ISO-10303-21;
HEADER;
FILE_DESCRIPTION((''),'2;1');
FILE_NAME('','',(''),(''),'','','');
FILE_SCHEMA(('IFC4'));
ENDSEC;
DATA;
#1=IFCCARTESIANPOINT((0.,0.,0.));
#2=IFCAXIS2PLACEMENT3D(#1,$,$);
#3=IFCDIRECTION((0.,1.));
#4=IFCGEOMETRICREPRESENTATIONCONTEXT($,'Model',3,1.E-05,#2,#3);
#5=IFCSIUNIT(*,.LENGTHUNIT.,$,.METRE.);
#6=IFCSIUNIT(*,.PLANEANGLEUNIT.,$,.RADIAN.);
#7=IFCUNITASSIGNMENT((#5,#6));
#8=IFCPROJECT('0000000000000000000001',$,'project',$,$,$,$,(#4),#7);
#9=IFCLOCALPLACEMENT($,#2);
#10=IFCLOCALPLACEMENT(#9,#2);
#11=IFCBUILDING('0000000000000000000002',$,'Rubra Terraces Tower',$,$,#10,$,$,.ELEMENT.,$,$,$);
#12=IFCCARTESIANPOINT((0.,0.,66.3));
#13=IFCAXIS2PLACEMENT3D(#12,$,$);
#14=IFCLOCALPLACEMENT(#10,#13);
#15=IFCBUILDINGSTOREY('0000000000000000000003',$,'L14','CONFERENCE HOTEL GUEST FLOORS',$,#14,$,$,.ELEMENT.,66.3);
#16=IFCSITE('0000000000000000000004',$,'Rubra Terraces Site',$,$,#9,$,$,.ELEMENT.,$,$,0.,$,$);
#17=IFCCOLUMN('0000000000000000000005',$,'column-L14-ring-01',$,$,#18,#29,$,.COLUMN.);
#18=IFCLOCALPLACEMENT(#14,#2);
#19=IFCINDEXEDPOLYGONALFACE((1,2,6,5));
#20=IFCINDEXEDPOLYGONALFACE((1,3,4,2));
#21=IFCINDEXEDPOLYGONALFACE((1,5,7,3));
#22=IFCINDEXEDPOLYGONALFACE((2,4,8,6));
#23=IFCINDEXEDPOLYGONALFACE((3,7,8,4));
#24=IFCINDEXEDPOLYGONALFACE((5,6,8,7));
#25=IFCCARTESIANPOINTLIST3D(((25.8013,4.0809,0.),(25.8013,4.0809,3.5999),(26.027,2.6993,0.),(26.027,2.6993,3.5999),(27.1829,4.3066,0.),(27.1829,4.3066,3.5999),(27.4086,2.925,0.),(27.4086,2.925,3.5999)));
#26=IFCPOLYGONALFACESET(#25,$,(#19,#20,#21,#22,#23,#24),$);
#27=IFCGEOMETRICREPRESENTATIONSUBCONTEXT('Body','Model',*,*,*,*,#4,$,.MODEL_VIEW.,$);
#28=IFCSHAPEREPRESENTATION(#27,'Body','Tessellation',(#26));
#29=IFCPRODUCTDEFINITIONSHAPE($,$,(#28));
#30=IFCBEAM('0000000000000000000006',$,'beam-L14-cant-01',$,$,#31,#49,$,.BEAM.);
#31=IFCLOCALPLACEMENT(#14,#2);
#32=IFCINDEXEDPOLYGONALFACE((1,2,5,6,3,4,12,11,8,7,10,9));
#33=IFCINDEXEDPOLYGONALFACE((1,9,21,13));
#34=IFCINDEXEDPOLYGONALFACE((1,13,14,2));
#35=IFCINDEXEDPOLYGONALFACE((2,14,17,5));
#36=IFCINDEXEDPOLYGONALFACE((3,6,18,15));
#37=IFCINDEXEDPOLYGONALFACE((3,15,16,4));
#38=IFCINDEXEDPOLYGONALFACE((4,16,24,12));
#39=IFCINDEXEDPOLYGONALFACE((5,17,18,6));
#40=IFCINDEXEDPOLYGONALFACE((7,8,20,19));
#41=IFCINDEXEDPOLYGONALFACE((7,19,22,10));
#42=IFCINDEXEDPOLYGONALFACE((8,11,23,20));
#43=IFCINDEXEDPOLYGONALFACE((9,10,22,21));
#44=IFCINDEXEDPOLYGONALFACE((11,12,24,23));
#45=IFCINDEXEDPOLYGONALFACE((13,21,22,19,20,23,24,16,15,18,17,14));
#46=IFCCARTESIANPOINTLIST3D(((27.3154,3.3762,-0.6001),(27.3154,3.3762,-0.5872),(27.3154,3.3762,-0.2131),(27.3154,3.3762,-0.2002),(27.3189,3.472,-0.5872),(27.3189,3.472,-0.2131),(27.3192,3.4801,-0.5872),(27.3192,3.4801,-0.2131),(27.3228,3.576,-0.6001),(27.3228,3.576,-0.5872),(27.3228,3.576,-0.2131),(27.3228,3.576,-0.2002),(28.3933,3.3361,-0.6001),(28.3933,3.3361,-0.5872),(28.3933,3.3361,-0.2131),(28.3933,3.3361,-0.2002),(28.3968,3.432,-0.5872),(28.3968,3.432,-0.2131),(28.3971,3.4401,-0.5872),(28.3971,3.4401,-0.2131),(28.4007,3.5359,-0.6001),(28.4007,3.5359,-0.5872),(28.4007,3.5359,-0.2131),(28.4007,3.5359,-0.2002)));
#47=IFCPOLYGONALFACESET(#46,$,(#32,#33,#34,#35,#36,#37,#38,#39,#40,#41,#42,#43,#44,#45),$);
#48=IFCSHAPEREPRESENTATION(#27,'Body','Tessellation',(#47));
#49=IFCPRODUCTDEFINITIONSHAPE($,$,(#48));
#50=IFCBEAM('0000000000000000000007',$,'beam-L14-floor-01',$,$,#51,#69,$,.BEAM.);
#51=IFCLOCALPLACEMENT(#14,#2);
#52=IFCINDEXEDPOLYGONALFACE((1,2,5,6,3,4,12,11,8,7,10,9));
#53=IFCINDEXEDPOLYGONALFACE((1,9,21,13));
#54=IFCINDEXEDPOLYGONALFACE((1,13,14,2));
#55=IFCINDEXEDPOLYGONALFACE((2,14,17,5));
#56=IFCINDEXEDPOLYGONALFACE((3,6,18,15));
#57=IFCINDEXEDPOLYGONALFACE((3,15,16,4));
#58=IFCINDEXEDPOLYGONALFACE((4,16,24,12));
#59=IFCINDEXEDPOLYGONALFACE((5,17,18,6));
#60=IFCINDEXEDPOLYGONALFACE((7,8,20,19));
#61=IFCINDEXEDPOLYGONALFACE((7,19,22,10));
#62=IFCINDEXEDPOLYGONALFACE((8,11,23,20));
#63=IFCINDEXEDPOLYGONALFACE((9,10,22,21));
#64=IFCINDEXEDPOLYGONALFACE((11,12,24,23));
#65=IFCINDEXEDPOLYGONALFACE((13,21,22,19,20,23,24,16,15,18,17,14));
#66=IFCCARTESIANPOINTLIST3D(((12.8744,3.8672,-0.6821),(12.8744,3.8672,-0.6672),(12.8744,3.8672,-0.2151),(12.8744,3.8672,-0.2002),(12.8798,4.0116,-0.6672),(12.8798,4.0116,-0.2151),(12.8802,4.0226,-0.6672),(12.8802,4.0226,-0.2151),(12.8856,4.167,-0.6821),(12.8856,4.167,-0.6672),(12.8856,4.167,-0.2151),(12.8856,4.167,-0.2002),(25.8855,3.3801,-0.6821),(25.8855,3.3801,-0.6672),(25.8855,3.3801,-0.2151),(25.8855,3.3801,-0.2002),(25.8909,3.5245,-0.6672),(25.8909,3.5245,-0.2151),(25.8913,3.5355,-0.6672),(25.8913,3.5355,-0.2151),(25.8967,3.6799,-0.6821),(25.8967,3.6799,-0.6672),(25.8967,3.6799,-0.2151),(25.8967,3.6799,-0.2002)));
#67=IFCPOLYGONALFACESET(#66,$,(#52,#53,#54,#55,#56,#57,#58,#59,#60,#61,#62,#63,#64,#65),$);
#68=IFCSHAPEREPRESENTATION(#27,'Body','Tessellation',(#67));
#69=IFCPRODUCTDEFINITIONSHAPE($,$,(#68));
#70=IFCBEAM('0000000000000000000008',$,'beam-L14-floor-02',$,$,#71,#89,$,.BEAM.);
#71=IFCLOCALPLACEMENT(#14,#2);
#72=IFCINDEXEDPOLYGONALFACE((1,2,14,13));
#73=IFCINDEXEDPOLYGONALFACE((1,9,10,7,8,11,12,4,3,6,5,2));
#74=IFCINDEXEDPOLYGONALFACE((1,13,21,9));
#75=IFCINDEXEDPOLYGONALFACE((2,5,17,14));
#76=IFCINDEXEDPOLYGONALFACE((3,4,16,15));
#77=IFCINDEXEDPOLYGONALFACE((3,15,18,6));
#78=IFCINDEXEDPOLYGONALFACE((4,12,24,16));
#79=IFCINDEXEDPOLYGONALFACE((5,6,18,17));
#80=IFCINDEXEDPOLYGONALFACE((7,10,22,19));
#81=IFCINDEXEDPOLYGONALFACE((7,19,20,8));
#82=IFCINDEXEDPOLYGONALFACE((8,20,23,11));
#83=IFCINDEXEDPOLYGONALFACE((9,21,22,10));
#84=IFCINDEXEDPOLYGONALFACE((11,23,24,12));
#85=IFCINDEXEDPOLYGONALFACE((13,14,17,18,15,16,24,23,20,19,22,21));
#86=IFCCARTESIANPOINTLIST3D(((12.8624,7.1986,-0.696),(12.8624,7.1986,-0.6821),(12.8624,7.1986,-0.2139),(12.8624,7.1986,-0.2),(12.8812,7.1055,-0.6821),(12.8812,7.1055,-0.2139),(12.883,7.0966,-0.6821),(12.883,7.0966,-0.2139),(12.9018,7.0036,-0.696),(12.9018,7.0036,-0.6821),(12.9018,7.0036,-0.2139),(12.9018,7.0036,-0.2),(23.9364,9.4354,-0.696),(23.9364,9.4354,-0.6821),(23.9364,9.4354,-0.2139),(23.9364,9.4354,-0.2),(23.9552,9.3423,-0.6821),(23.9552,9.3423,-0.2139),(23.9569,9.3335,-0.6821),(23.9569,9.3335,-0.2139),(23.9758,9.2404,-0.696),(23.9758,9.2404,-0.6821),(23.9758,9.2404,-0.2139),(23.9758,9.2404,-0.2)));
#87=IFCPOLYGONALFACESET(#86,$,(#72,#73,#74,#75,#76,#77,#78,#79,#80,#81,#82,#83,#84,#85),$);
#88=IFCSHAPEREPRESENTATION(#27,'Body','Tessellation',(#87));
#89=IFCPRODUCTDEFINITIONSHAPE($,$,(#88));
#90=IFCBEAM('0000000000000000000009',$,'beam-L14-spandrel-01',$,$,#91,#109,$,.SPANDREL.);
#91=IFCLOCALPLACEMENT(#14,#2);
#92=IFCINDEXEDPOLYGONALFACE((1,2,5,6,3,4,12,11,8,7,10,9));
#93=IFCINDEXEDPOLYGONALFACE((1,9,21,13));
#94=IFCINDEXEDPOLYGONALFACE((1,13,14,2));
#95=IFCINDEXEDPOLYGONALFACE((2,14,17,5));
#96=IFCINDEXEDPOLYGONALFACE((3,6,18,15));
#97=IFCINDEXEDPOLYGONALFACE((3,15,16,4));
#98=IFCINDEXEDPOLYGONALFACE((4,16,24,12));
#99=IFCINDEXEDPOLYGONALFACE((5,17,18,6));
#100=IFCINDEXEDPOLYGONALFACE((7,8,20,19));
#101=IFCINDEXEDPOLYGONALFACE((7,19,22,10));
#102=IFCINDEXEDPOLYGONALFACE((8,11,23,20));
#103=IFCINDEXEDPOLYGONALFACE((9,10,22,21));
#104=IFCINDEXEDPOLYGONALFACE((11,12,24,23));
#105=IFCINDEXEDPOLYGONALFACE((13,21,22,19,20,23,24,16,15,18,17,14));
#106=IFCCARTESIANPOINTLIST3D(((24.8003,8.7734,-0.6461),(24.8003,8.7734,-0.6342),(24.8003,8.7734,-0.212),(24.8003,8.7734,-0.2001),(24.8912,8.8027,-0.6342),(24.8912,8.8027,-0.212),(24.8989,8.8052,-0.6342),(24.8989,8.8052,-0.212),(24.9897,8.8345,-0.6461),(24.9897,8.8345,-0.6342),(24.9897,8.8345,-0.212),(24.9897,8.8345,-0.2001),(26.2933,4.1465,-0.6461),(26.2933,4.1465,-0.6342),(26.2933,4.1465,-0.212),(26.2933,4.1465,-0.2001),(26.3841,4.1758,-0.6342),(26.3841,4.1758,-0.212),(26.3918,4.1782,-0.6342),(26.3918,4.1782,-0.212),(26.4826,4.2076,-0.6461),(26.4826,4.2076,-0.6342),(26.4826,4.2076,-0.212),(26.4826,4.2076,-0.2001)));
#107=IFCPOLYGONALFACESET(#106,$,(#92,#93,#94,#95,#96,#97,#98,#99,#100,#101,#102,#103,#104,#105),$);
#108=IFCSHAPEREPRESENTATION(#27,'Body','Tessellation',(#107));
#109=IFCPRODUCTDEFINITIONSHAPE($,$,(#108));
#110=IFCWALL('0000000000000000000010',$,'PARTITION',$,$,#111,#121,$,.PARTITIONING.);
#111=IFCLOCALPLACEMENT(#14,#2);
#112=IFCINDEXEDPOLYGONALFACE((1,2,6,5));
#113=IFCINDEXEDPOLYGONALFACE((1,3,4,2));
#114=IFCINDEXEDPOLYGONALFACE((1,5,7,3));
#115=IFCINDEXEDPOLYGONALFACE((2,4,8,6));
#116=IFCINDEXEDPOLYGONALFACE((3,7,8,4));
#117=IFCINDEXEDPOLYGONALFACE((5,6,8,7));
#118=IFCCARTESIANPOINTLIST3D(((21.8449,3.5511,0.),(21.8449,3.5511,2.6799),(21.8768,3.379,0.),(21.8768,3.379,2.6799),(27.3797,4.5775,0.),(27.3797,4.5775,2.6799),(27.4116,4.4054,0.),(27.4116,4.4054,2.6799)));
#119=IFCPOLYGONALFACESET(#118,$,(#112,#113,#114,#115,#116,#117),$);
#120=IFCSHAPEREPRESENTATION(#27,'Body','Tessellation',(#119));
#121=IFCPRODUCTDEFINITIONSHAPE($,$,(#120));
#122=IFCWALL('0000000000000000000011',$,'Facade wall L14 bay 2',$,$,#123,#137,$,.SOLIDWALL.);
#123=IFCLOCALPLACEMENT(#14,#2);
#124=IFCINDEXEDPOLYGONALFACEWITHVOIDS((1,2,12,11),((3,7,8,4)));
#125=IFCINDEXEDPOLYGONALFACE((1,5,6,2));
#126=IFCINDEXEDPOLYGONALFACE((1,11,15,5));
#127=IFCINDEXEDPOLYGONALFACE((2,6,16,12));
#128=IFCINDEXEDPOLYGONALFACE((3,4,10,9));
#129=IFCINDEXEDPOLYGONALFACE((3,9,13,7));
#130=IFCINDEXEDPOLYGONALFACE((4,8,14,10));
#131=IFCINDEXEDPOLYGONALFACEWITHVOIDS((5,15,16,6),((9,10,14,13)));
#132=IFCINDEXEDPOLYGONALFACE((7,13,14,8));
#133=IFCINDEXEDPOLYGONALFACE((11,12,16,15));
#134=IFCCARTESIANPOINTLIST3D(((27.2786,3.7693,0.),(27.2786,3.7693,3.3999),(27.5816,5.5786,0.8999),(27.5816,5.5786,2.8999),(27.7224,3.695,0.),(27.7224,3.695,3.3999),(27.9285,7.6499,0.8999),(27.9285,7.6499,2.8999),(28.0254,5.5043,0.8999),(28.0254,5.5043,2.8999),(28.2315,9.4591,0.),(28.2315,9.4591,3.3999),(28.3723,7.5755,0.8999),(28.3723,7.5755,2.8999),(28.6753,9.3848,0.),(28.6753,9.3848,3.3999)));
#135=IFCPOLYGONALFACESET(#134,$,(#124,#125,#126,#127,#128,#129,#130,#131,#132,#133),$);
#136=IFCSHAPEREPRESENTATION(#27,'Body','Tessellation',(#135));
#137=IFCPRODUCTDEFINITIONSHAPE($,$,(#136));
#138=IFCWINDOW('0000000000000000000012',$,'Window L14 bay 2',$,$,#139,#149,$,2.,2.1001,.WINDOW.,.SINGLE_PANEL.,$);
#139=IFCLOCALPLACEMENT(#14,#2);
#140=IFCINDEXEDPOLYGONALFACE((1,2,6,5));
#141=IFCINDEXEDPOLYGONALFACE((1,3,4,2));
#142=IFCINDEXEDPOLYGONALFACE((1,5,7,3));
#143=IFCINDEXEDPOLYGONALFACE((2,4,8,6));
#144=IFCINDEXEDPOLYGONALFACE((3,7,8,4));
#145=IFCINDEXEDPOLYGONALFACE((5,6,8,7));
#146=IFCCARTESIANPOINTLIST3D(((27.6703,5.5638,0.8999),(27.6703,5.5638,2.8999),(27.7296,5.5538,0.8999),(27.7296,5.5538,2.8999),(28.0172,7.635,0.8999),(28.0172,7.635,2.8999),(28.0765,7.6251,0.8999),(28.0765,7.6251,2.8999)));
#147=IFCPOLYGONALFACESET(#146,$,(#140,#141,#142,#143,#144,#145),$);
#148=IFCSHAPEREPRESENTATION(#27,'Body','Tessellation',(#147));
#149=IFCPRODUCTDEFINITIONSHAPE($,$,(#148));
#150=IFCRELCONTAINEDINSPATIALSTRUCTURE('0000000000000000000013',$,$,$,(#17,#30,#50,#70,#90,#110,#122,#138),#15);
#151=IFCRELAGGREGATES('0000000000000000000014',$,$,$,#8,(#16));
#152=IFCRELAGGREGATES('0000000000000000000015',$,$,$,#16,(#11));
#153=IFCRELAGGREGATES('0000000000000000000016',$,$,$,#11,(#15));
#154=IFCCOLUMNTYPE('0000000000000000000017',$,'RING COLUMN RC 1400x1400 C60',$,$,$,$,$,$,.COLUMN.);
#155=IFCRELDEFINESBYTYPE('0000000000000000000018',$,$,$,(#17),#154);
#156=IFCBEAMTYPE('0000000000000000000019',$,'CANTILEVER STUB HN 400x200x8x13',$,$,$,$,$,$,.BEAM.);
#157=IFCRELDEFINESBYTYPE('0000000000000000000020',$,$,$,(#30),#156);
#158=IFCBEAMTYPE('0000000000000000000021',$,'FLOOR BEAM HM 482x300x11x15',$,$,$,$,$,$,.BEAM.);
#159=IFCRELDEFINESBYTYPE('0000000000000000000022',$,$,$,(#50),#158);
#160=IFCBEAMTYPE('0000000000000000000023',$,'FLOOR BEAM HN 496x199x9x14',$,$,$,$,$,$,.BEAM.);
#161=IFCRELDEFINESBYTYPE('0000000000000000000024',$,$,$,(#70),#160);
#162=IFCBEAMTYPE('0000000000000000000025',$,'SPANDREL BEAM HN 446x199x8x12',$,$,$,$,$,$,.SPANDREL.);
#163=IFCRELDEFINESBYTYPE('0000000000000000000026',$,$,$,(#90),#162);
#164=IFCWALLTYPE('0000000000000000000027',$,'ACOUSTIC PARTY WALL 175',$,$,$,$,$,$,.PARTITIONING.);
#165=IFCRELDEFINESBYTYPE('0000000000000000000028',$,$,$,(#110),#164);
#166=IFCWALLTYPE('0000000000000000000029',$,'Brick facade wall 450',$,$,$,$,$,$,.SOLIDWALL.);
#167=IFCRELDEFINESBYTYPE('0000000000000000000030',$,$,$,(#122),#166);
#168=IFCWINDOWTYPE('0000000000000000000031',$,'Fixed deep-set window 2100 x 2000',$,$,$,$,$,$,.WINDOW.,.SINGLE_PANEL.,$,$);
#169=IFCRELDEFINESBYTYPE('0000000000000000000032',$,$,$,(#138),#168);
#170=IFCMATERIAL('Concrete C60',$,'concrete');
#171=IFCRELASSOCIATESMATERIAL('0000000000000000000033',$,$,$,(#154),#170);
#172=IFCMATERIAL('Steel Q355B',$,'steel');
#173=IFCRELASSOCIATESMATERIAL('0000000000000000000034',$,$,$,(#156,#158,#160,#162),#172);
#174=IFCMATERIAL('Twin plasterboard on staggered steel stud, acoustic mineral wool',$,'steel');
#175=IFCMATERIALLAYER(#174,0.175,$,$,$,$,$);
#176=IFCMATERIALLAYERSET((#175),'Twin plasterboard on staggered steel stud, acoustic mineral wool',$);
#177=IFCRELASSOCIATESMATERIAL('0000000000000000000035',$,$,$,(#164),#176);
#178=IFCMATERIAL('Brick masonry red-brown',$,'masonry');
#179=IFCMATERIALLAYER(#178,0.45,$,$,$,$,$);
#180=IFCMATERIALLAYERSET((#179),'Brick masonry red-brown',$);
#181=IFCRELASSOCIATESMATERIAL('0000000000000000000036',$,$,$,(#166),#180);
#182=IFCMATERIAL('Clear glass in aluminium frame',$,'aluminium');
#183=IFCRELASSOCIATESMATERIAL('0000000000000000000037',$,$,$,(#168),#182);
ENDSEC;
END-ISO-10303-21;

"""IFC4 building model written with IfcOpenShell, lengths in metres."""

from ifc_helpers import new_model, si_unit, direction, frame, frame_2d, origin, origin_2d, place, context, subcontext, project, spatial, rectangle, i_section, extrude, material, layer, layer_set, material_profile, profile_set, type_object, element, fill, save


model = new_model("IFC4")

# Units and contexts
model_context = context("Model", 3, precision=1e-05, world=origin(), true_north=direction((0.0, 1.0)))
body_context = subcontext(model_context, "Body", "Model", "MODEL_VIEW")
ifc_project = project(units=[si_unit("LENGTHUNIT", "METRE"), si_unit("PLANEANGLEUNIT", "RADIAN")], contexts=[model_context])

# Site, building, storey
site_placement = place(None, origin())
site = spatial("IfcSite", under=ifc_project, at=site_placement, Name="Rubra Terraces Site", CompositionType="ELEMENT", RefElevation=0.0)
building_placement = place(site_placement, origin())
building = spatial("IfcBuilding", under=site, at=building_placement, Name="Rubra Terraces Tower", CompositionType="ELEMENT")
storey_placement = place(building_placement, frame((0.0, 0.0, 66.3)))
storey = spatial("IfcBuildingStorey", under=building, at=storey_placement, Name="L14", Description="CONFERENCE HOTEL GUEST FLOORS", CompositionType="ELEMENT", Elevation=66.3)

# Column
ifc_material_1 = material(Name="Concrete C60", Category="concrete")
ifc_material_profile_1 = material_profile(ifc_material_1, rectangle(XDim=1.3999, YDim=1.3999, at=origin_2d()), Name="RC 1400x1400")
ifc_profile_set_1 = profile_set([ifc_material_profile_1], Name="Concrete C60")
column_type = type_object("IfcColumnType", Name="RING COLUMN RC 1400x1400 C60", PredefinedType="COLUMN", material=ifc_profile_set_1)
column_placement = place(storey_placement, frame((26.605, 3.5029, 0.0), z_axis=(0.0, 0.0, 1.0), x_axis=(-0.161234, 0.986916, 0.0)))
element("IfcColumn", 1, at=column_placement, inside=storey, type_object=column_type, Name="column-L14-ring-01", PredefinedType="COLUMN", context=body_context, shape_type="SweptSolid", body=[
    extrude(rectangle(XDim=1.3999, YDim=1.3999, at=origin_2d()), origin(), (0.0, 0.0, 1.0), 3.5999),
])

# Beams
ifc_material_2 = material(Name="Steel Q355B", Category="steel")
ifc_material_profile_2 = material_profile(ifc_material_2, i_section(OverallWidth=0.2, OverallDepth=0.3999, WebThickness=0.0081, FlangeThickness=0.0129, at=origin_2d()), Name="HN 400x200x8x13")
ifc_profile_set_2 = profile_set([ifc_material_profile_2], Name="Steel Q355B")
beam_type_1 = type_object("IfcBeamType", Name="CANTILEVER STUB HN 400x200x8x13", PredefinedType="BEAM", material=ifc_profile_set_2)
beam_1_placement = place(storey_placement, frame((27.3191, 3.4761, -0.4001), z_axis=(0.999311, -0.03712, 0.0), x_axis=(0.03712, 0.999311, 0.0)))
element("IfcBeam", 2, at=beam_1_placement, inside=storey, type_object=beam_type_1, Name="beam-L14-cant-01", PredefinedType="BEAM", context=body_context, shape_type="SweptSolid", body=[
    extrude(i_section(OverallWidth=0.2, OverallDepth=0.3999, WebThickness=0.0081, FlangeThickness=0.0129, at=origin_2d()), origin(), (0.0, 0.0, 1.0), 1.0786),
])
ifc_material_profile_3 = material_profile(ifc_material_2, i_section(OverallWidth=0.3, OverallDepth=0.4819, WebThickness=0.011, FlangeThickness=0.0149, at=origin_2d()), Name="HM 482x300x11x15")
ifc_profile_set_3 = profile_set([ifc_material_profile_3], Name="Steel Q355B")
beam_type_2 = type_object("IfcBeamType", Name="FLOOR BEAM HM 482x300x11x15", PredefinedType="BEAM", material=ifc_profile_set_3)
beam_2_placement = place(storey_placement, frame((25.8911, 3.53, -0.4412), z_axis=(-0.9993, 0.037408, 0.0), x_axis=(-0.037408, -0.9993, 0.0)))
element("IfcBeam", 3, at=beam_2_placement, inside=storey, type_object=beam_type_2, Name="beam-L14-floor-01", PredefinedType="BEAM", context=body_context, shape_type="SweptSolid", body=[
    extrude(i_section(OverallWidth=0.3, OverallDepth=0.4819, WebThickness=0.011, FlangeThickness=0.0149, at=origin_2d()), origin(), (0.0, 0.0, 1.0), 13.0203),
])
ifc_material_profile_4 = material_profile(ifc_material_2, i_section(OverallWidth=0.199, OverallDepth=0.4961, WebThickness=0.009, FlangeThickness=0.0139, at=origin_2d()), Name="HN 496x199x9x14")
ifc_profile_set_4 = profile_set([ifc_material_profile_4], Name="Steel Q355B")
beam_type_3 = type_object("IfcBeamType", Name="FLOOR BEAM HN 496x199x9x14", PredefinedType="BEAM", material=ifc_profile_set_4)
beam_3_placement = place(storey_placement, frame((23.9561, 9.3379, -0.448), z_axis=(-0.980204, -0.19799, 0.0), x_axis=(0.19799, -0.980204, 0.0)))
element("IfcBeam", 4, at=beam_3_placement, inside=storey, type_object=beam_type_3, Name="beam-L14-floor-02", PredefinedType="BEAM", context=body_context, shape_type="SweptSolid", body=[
    extrude(i_section(OverallWidth=0.199, OverallDepth=0.4961, WebThickness=0.009, FlangeThickness=0.0139, at=origin_2d()), origin(), (0.0, 0.0, 1.0), 11.2976),
])
ifc_material_profile_5 = material_profile(ifc_material_2, i_section(OverallWidth=0.199, OverallDepth=0.446, WebThickness=0.0081, FlangeThickness=0.012, at=origin_2d()), Name="HN 446x199x8x12")
ifc_profile_set_5 = profile_set([ifc_material_profile_5], Name="Steel Q355B")
beam_type_4 = type_object("IfcBeamType", Name="SPANDREL BEAM HN 446x199x8x12", PredefinedType="SPANDREL", material=ifc_profile_set_5)
beam_4_placement = place(storey_placement, frame((26.3879, 4.177, -0.4231), z_axis=(-0.307069, 0.951687, 0.0), x_axis=(-0.951687, -0.307069, 0.0)))
element("IfcBeam", 5, at=beam_4_placement, inside=storey, type_object=beam_type_4, Name="beam-L14-spandrel-01", PredefinedType="SPANDREL", context=body_context, shape_type="SweptSolid", body=[
    extrude(i_section(OverallWidth=0.199, OverallDepth=0.446, WebThickness=0.0081, FlangeThickness=0.012, at=origin_2d()), origin(), (0.0, 0.0, 1.0), 4.8618),
])

# Wall
ifc_material_3 = material(Name="Twin plasterboard on staggered steel stud, acoustic mineral wool", Category="steel")
ifc_layer_1 = layer(ifc_material_3, 0.175)
ifc_layer_set_1 = layer_set([ifc_layer_1], Name="Twin plasterboard on staggered steel stud, acoustic mineral wool")
wall_type_1 = type_object("IfcWallType", Name="ACOUSTIC PARTY WALL 175", PredefinedType="PARTITIONING", material=ifc_layer_set_1)
wall_1_placement = place(storey_placement, frame((27.3955, 4.4915, 0.0), z_axis=(0.0, 0.0, 1.0), x_axis=(-0.983237, -0.182335, 0.0)))
element("IfcWall", 6, at=wall_1_placement, inside=storey, type_object=wall_type_1, Name="PARTITION", PredefinedType="PARTITIONING", context=body_context, shape_type="SweptSolid", body=[
    extrude(rectangle(XDim=5.6292, YDim=0.175, at=frame_2d((2.8145, 0.0))), origin(), (0.0, 0.0, 1.0), 2.6799),
])

# Wall, opening, window
ifc_material_4 = material(Name="Brick masonry red-brown", Category="masonry")
ifc_layer_2 = layer(ifc_material_4, 0.45)
ifc_layer_set_2 = layer_set([ifc_layer_2], Name="Brick masonry red-brown")
wall_type_2 = type_object("IfcWallType", Name="Brick facade wall 450", PredefinedType="SOLIDWALL", material=ifc_layer_set_2)
wall_2_placement = place(storey_placement, frame((27.5005, 3.7322, 0.0), z_axis=(0.0, 0.0, 1.0), x_axis=(0.165174, 0.986264, 0.0)))
wall_2 = element("IfcWall", 7, at=wall_2_placement, inside=storey, type_object=wall_type_2, Name="Facade wall L14 bay 2", PredefinedType="SOLIDWALL", context=body_context, shape_type="SweptSolid", body=[
    extrude(rectangle(XDim=5.769, YDim=0.45, at=frame_2d((2.8845, 0.0))), origin(), (0.0, 0.0, 1.0), 3.3999),
])
opening_1_placement = place(wall_2_placement, frame((1.8345, 0.0, 0.8999)))
opening_1 = element("IfcOpeningElement", 8, at=opening_1_placement, cuts=wall_2, PredefinedType="OPENING", context=body_context, shape_type="SweptSolid", body=[
    extrude(rectangle(XDim=2.1001, YDim=2.0, at=frame_2d((1.05, 1.0))), frame((0.0, 0.2349, 0.0), z_axis=(0.0, -1.0, 0.0), x_axis=(1.0, 0.0, 0.0)), (0.0, 0.0, 1.0), 0.47),
])
ifc_material_5 = material(Name="Clear glass in aluminium frame", Category="aluminium")
window_type = type_object("IfcWindowType", Name="Fixed deep-set window 2100 x 2000", PartitioningType="SINGLE_PANEL", PredefinedType="WINDOW", material=ifc_material_5)
window_1_placement = place(opening_1_placement, origin())
window_1 = element("IfcWindow", 9, at=window_1_placement, inside=storey, type_object=window_type, Name="Window L14 bay 2", OverallHeight=2.0, OverallWidth=2.1001, PartitioningType="SINGLE_PANEL", PredefinedType="WINDOW", context=body_context, shape_type="SweptSolid", body=[
    extrude(rectangle(XDim=2.1001, YDim=2.0, at=frame_2d((1.05, 1.0))), frame((0.0, 0.135, 0.0), z_axis=(0.0, -1.0, 0.0), x_axis=(1.0, 0.0, 0.0)), (0.0, 0.0, 1.0), 0.0601),
])
fill(opening_1, window_1)

save(model, "model.ifc")
